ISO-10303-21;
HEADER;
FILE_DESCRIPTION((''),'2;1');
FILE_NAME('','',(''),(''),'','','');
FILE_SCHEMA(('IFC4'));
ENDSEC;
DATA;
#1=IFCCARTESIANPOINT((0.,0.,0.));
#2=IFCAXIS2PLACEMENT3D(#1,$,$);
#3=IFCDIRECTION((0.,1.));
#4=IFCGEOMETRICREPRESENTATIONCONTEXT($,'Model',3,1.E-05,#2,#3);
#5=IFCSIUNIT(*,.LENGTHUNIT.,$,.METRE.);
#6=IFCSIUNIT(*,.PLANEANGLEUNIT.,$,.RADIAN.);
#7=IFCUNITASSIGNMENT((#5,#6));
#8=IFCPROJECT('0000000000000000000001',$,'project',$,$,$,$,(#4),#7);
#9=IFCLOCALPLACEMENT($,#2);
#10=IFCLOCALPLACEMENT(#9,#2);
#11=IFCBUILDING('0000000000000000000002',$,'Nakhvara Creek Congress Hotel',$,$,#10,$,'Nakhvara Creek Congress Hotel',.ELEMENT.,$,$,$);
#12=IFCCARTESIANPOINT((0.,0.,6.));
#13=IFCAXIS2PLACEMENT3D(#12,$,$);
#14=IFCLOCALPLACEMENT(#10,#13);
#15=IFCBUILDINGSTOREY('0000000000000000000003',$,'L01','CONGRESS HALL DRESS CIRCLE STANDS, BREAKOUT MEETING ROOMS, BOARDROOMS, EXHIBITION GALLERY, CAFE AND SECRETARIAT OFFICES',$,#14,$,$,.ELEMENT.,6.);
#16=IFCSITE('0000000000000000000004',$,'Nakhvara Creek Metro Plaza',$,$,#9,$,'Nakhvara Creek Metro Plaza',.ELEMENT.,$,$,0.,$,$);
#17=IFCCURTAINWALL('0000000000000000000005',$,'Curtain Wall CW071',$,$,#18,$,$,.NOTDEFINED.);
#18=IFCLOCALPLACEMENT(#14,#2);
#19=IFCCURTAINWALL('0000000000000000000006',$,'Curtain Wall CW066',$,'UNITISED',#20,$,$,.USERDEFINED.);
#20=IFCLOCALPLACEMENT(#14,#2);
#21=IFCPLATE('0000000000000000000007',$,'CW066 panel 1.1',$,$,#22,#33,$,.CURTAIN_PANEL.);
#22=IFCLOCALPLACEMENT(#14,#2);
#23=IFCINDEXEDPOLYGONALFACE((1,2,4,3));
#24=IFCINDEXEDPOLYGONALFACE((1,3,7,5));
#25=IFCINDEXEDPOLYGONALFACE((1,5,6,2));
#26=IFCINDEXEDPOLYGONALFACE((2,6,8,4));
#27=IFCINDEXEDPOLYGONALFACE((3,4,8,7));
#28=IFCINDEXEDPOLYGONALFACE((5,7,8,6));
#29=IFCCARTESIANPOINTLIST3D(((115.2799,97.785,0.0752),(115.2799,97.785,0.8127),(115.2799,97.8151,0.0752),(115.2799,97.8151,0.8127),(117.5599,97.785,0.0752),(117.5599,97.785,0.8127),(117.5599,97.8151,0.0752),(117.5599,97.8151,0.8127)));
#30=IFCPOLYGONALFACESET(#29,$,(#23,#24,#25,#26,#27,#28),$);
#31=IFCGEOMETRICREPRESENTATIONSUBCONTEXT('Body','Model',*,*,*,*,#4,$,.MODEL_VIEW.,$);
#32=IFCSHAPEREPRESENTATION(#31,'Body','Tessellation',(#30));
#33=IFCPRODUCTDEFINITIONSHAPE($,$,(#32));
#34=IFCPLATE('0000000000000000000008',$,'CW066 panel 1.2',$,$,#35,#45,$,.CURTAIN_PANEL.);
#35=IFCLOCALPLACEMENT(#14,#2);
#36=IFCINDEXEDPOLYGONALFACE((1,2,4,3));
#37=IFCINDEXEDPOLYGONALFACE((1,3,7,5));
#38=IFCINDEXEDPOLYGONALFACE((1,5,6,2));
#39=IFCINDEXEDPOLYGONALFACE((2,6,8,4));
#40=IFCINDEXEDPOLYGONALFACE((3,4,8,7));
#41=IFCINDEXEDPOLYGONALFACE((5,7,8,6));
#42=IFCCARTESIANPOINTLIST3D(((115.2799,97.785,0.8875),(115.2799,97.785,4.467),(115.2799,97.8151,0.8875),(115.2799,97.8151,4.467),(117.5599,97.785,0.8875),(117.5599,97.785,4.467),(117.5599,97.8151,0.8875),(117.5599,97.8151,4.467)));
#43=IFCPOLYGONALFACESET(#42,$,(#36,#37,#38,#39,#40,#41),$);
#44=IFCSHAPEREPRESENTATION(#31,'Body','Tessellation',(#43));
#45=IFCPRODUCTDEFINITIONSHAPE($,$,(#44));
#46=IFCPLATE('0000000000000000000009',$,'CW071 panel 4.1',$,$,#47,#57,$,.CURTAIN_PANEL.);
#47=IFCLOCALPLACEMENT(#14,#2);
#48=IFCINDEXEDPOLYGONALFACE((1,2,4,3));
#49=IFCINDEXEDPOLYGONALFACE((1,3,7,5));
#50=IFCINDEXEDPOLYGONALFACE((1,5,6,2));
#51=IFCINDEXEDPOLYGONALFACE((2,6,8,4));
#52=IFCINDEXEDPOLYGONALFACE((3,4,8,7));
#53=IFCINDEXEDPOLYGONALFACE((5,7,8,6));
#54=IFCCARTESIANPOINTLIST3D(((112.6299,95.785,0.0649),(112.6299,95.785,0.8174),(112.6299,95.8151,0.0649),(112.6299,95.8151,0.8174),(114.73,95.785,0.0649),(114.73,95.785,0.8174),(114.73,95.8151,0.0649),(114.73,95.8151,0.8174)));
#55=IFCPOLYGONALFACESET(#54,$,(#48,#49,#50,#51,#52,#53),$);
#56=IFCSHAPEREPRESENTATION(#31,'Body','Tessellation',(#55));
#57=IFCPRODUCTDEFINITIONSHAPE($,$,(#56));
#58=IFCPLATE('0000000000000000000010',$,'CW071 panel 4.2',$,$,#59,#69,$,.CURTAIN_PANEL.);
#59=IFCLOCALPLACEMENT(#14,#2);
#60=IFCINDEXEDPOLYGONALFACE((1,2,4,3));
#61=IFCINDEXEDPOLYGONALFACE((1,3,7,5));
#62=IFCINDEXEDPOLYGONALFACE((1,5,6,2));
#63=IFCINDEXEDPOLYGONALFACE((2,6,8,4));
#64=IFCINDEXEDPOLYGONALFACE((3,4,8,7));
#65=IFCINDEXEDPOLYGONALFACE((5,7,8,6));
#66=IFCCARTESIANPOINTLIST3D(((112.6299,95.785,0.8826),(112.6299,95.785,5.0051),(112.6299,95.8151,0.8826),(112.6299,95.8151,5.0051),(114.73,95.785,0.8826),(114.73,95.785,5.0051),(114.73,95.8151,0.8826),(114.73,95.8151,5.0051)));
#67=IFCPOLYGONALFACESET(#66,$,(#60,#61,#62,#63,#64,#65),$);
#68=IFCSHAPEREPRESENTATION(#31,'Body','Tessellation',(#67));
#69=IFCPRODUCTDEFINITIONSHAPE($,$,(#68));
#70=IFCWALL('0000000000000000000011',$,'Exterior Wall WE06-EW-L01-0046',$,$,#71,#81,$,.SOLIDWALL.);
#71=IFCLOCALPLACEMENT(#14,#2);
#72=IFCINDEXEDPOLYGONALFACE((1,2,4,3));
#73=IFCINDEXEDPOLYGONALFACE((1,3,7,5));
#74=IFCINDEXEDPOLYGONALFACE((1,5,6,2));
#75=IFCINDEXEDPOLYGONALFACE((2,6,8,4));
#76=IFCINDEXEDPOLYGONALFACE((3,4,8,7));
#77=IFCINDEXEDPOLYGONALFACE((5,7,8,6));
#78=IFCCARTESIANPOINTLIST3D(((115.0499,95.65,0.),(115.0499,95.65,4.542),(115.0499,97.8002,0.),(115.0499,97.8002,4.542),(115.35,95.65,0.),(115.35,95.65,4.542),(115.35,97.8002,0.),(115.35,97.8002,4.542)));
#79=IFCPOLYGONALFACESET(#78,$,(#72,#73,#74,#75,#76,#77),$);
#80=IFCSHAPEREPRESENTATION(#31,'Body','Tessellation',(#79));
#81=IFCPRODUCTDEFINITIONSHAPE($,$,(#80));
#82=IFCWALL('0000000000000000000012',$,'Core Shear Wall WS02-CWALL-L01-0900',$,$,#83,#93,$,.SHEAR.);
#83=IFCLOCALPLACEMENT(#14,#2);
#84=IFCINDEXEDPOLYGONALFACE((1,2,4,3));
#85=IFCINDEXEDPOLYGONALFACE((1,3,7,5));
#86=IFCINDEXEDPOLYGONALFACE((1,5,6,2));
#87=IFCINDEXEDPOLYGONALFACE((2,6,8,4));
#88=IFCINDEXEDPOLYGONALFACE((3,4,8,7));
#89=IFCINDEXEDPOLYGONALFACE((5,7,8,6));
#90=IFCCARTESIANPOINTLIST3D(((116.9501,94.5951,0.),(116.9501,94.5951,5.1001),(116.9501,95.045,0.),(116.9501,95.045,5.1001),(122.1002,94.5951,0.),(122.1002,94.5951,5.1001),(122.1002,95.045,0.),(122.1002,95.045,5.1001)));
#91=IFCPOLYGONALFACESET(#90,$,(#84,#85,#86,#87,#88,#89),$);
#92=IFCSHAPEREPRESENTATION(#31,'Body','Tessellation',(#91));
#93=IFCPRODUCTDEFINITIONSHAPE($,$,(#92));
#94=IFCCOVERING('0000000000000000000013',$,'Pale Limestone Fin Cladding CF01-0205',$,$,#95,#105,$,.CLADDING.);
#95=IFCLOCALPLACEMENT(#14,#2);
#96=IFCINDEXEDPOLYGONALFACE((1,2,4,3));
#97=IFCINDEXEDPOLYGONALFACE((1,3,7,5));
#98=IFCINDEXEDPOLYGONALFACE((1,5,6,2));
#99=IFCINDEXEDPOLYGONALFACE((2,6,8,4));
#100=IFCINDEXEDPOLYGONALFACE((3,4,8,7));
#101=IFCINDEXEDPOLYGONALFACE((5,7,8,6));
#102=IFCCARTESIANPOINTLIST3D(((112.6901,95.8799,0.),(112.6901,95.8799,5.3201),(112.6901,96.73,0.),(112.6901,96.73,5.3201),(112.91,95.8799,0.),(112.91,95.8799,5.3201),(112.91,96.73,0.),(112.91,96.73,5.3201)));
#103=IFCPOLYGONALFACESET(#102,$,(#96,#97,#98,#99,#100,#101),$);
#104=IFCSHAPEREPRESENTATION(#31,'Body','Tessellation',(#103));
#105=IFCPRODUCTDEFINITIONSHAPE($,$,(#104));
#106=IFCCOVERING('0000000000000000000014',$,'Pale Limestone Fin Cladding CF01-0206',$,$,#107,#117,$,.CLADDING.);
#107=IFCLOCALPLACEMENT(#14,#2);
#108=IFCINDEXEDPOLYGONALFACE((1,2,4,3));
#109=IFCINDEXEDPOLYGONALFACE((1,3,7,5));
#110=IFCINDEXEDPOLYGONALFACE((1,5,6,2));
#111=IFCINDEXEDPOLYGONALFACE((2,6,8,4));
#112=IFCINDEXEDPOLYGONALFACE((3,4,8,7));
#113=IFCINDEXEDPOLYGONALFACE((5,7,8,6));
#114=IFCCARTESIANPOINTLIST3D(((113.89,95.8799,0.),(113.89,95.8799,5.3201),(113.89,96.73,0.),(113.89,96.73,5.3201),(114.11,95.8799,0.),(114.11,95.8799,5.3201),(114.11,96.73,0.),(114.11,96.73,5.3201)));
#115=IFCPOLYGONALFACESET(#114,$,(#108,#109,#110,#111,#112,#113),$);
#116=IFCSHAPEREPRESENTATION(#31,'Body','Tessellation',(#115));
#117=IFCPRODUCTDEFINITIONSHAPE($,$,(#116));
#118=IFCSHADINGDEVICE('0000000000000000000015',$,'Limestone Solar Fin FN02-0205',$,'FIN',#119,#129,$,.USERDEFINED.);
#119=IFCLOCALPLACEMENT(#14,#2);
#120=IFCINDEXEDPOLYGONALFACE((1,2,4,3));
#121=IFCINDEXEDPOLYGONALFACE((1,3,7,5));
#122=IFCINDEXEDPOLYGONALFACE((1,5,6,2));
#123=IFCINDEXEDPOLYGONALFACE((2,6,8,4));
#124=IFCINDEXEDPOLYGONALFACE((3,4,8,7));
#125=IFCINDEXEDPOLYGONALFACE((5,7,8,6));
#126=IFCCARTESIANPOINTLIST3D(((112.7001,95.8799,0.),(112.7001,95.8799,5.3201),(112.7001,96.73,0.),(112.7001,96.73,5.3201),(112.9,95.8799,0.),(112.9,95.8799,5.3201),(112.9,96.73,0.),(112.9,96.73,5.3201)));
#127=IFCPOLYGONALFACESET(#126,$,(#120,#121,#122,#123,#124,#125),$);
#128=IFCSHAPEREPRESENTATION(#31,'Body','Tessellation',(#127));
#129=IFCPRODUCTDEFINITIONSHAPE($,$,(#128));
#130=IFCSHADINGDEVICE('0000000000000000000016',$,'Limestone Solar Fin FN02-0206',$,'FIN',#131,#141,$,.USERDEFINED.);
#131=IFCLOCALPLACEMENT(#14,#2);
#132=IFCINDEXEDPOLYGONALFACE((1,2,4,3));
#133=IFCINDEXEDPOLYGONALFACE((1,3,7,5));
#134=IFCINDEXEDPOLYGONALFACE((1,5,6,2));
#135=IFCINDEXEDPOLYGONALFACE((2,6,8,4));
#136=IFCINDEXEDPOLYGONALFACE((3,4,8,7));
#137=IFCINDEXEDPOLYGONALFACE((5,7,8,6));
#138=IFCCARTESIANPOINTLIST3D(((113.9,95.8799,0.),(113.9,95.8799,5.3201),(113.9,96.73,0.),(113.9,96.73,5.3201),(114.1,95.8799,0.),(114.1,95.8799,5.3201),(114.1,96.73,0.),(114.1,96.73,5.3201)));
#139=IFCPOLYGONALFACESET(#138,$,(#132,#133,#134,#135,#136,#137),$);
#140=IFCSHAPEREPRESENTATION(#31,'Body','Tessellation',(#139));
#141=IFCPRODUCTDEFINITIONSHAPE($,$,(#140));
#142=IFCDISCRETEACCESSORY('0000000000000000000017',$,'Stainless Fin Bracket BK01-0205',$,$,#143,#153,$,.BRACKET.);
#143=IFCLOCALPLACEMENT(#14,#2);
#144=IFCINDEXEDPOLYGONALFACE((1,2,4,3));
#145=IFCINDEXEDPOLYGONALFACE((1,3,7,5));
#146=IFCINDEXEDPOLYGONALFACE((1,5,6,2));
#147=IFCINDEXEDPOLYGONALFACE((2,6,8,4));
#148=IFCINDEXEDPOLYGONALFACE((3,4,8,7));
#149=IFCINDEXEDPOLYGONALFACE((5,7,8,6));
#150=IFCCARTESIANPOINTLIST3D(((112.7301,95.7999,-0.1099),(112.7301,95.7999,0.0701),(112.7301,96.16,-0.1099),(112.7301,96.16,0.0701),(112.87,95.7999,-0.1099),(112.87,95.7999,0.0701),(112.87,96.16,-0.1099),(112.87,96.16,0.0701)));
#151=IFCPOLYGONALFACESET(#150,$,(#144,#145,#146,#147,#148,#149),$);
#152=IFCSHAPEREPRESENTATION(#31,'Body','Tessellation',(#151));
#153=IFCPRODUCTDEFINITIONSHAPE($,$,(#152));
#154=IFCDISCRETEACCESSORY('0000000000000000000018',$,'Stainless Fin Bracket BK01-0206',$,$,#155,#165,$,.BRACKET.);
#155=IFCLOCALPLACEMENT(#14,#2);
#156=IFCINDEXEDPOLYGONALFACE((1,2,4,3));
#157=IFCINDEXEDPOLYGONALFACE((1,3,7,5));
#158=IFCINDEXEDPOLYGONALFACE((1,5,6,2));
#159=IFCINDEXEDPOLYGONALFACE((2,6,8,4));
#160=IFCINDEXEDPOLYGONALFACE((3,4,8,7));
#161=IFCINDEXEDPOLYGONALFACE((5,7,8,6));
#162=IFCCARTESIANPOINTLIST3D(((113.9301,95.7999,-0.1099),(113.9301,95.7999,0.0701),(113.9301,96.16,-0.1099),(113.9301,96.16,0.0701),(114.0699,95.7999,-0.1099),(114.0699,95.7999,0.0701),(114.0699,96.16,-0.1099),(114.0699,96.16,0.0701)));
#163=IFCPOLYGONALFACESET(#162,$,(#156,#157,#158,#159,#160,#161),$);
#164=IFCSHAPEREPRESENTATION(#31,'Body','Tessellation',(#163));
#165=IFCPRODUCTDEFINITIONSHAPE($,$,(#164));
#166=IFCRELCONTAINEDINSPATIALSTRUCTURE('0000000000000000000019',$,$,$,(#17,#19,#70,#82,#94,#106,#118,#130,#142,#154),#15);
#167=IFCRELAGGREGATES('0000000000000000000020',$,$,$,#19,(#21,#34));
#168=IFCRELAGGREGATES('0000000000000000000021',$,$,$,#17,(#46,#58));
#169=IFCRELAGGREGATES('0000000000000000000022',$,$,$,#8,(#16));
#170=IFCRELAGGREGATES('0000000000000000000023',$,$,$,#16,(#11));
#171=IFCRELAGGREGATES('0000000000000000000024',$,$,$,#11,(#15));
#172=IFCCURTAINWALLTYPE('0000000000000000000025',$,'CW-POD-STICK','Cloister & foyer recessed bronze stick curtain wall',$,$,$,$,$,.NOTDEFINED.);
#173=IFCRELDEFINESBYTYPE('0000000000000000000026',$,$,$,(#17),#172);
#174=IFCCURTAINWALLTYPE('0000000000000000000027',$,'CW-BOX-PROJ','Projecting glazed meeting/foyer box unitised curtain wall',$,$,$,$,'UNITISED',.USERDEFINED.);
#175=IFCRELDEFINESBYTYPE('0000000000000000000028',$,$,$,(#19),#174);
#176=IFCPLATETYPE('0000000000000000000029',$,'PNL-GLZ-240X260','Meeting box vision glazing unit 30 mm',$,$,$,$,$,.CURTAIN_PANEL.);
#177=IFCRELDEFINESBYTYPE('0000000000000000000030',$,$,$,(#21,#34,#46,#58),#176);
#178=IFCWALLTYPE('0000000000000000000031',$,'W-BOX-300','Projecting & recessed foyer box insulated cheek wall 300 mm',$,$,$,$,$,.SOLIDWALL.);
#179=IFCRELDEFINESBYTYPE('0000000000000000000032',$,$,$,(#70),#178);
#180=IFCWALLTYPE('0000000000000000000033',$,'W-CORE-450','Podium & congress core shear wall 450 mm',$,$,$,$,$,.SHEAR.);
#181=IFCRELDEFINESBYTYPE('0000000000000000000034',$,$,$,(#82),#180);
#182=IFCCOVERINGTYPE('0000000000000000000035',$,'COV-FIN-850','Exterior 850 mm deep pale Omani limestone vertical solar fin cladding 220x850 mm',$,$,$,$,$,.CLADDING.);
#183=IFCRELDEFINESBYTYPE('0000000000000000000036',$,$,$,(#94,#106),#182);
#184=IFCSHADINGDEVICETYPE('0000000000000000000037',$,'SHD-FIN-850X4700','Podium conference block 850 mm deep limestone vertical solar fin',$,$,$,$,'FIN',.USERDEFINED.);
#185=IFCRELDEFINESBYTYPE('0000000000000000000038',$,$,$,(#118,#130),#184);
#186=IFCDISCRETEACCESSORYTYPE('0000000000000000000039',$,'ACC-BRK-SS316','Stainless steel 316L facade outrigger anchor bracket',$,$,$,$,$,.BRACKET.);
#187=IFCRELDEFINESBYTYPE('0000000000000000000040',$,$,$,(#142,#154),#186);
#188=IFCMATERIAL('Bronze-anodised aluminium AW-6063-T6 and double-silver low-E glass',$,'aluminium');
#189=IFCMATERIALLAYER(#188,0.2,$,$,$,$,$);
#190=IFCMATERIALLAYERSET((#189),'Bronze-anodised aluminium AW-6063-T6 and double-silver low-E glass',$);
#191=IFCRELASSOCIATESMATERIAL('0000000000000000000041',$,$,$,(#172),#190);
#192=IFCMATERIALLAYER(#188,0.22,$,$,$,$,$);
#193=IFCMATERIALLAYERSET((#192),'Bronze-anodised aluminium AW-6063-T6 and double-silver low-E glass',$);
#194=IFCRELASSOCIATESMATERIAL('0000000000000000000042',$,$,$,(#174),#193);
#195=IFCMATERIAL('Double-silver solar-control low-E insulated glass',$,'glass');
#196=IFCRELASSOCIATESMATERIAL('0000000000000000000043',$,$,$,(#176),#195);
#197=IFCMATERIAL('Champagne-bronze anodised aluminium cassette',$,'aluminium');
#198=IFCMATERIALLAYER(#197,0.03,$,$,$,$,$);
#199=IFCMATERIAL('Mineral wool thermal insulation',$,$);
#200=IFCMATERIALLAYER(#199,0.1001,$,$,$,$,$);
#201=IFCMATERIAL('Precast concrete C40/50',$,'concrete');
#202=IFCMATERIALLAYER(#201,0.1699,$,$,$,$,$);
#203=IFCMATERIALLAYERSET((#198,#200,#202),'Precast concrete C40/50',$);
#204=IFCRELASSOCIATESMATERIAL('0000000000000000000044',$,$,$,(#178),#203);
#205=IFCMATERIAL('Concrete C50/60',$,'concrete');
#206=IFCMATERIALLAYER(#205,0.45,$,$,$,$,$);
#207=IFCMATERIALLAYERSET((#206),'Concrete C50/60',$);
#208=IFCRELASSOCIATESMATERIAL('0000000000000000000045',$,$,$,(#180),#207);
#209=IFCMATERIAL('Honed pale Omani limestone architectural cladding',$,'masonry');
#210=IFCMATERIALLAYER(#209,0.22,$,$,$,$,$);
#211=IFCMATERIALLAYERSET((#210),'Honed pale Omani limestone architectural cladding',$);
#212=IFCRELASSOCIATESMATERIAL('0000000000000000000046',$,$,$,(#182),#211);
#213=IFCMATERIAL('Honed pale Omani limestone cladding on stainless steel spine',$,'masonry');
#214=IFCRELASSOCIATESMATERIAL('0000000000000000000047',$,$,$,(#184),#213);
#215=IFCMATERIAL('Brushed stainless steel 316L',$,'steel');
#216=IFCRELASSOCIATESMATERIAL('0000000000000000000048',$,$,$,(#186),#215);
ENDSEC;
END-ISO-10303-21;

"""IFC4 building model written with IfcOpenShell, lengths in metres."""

from ifc_helpers import new_model, si_unit, direction, frame, frame_2d, origin, origin_2d, place, context, subcontext, project, spatial, rectangle, extrude, material, layer, layer_set, type_object, element, aggregate, save


model = new_model("IFC4")

# Units and contexts
model_context = context("Model", 3, precision=1e-05, world=origin(), true_north=direction((0.0, 1.0)))
body_context = subcontext(model_context, "Body", "Model", "MODEL_VIEW")
ifc_project = project(units=[si_unit("LENGTHUNIT", "METRE"), si_unit("PLANEANGLEUNIT", "RADIAN")], contexts=[model_context])

# Site, building, storey
site_placement = place(None, origin())
site = spatial("IfcSite", under=ifc_project, at=site_placement, Name="Nakhvara Creek Metro Plaza", LongName="Nakhvara Creek Metro Plaza", CompositionType="ELEMENT", RefElevation=0.0)
building_placement = place(site_placement, origin())
building = spatial("IfcBuilding", under=site, at=building_placement, Name="Nakhvara Creek Congress Hotel", LongName="Nakhvara Creek Congress Hotel", CompositionType="ELEMENT")
storey_placement = place(building_placement, frame((0.0, 0.0, 6.0)))
storey = spatial("IfcBuildingStorey", under=building, at=storey_placement, Name="L01", Description="CONGRESS HALL DRESS CIRCLE STANDS, BREAKOUT MEETING ROOMS, BOARDROOMS, EXHIBITION GALLERY, CAFE AND SECRETARIAT OFFICES", CompositionType="ELEMENT", Elevation=6.0)

# Shared definitions
ifc_material_1 = material(Name="Concrete C50/60", Category="concrete")

# Curtain wall
ifc_material_2 = material(Name="Bronze-anodised aluminium AW-6063-T6 and double-silver low-E glass", Category="aluminium")
ifc_layer_1 = layer(ifc_material_2, 0.2)
ifc_layer_set_1 = layer_set([ifc_layer_1], Name="Bronze-anodised aluminium AW-6063-T6 and double-silver low-E glass")
curtain_wall_type_1 = type_object("IfcCurtainWallType", Name="CW-POD-STICK", Description="Cloister & foyer recessed bronze stick curtain wall", PredefinedType="NOTDEFINED", material=ifc_layer_set_1)
curtain_wall_1_placement = place(storey_placement, origin())
curtain_wall_1 = element("IfcCurtainWall", 1, at=curtain_wall_1_placement, inside=storey, type_object=curtain_wall_type_1, Name="Curtain Wall CW071", PredefinedType="NOTDEFINED")

# Curtain wall, plates
ifc_layer_2 = layer(ifc_material_2, 0.22)
ifc_layer_set_2 = layer_set([ifc_layer_2], Name="Bronze-anodised aluminium AW-6063-T6 and double-silver low-E glass")
curtain_wall_type_2 = type_object("IfcCurtainWallType", Name="CW-BOX-PROJ", Description="Projecting glazed meeting/foyer box unitised curtain wall", ElementType="UNITISED", PredefinedType="USERDEFINED", material=ifc_layer_set_2)
curtain_wall_2_placement = place(storey_placement, origin())
curtain_wall_2 = element("IfcCurtainWall", 2, at=curtain_wall_2_placement, inside=storey, type_object=curtain_wall_type_2, Name="Curtain Wall CW066", ObjectType="UNITISED", PredefinedType="USERDEFINED")
ifc_material_3 = material(Name="Double-silver solar-control low-E insulated glass", Category="glass")
plate_type = type_object("IfcPlateType", Name="PNL-GLZ-240X260", Description="Meeting box vision glazing unit 30 mm", PredefinedType="CURTAIN_PANEL", material=ifc_material_3)
plate_1_placement = place(storey_placement, frame((116.4199, 97.8, 0.0752), z_axis=(0.0, 0.0, 1.0), x_axis=(1.0, 0.0, 0.0)))
plate_1 = element("IfcPlate", 3, at=plate_1_placement, type_object=plate_type, Name="CW066 panel 1.1", PredefinedType="CURTAIN_PANEL", context=body_context, shape_type="SweptSolid", body=[
    extrude(rectangle(XDim=2.28, YDim=0.03, at=origin_2d()), origin(), (0.0, 0.0, 1.0), 0.7375),
])
plate_2_placement = place(storey_placement, frame((116.4199, 97.8, 0.8875), z_axis=(0.0, 0.0, 1.0), x_axis=(1.0, 0.0, 0.0)))
plate_2 = element("IfcPlate", 4, at=plate_2_placement, type_object=plate_type, Name="CW066 panel 1.2", PredefinedType="CURTAIN_PANEL", context=body_context, shape_type="SweptSolid", body=[
    extrude(rectangle(XDim=2.28, YDim=0.03, at=origin_2d()), origin(), (0.0, 0.0, 1.0), 3.5796),
])
aggregate(curtain_wall_2, [plate_1, plate_2])

# Plates
plate_3_placement = place(storey_placement, frame((113.6799, 95.8, 0.0649), z_axis=(0.0, 0.0, 1.0), x_axis=(1.0, 0.0, 0.0)))
plate_3 = element("IfcPlate", 5, at=plate_3_placement, type_object=plate_type, Name="CW071 panel 4.1", PredefinedType="CURTAIN_PANEL", context=body_context, shape_type="SweptSolid", body=[
    extrude(rectangle(XDim=2.1001, YDim=0.03, at=origin_2d()), origin(), (0.0, 0.0, 1.0), 0.7524),
])
plate_4_placement = place(storey_placement, frame((113.6799, 95.8, 0.8826), z_axis=(0.0, 0.0, 1.0), x_axis=(1.0, 0.0, 0.0)))
plate_4 = element("IfcPlate", 6, at=plate_4_placement, type_object=plate_type, Name="CW071 panel 4.2", PredefinedType="CURTAIN_PANEL", context=body_context, shape_type="SweptSolid", body=[
    extrude(rectangle(XDim=2.1001, YDim=0.03, at=origin_2d()), origin(), (0.0, 0.0, 1.0), 4.1226),
])
aggregate(curtain_wall_1, [plate_3, plate_4])

# Walls
ifc_material_4 = material(Name="Champagne-bronze anodised aluminium cassette", Category="aluminium")
ifc_layer_3 = layer(ifc_material_4, 0.03)
ifc_material_5 = material(Name="Mineral wool thermal insulation")
ifc_layer_4 = layer(ifc_material_5, 0.1001)
ifc_material_6 = material(Name="Precast concrete C40/50", Category="concrete")
ifc_layer_5 = layer(ifc_material_6, 0.1699)
ifc_layer_set_3 = layer_set([ifc_layer_3, ifc_layer_4, ifc_layer_5], Name="Precast concrete C40/50")
wall_type_1 = type_object("IfcWallType", Name="W-BOX-300", Description="Projecting & recessed foyer box insulated cheek wall 300 mm", PredefinedType="SOLIDWALL", material=ifc_layer_set_3)
wall_1_placement = place(storey_placement, frame((115.2, 95.6499, 0.0), z_axis=(0.0, 0.0, 1.0), x_axis=(0.0, 1.0, 0.0)))
element("IfcWall", 7, at=wall_1_placement, inside=storey, type_object=wall_type_1, Name="Exterior Wall WE06-EW-L01-0046", PredefinedType="SOLIDWALL", context=body_context, shape_type="SweptSolid", body=[
    extrude(rectangle(XDim=2.1501, YDim=0.3, at=frame_2d((1.0752, 0.0))), origin(), (0.0, 0.0, 1.0), 4.542),
])
ifc_layer_6 = layer(ifc_material_1, 0.45)
ifc_layer_set_4 = layer_set([ifc_layer_6], Name="Concrete C50/60")
wall_type_2 = type_object("IfcWallType", Name="W-CORE-450", Description="Podium & congress core shear wall 450 mm", PredefinedType="SHEAR", material=ifc_layer_set_4)
wall_2_placement = place(storey_placement, frame((116.95, 94.8201, 0.0), z_axis=(0.0, 0.0, 1.0), x_axis=(1.0, 0.0, 0.0)))
element("IfcWall", 8, at=wall_2_placement, inside=storey, type_object=wall_type_2, Name="Core Shear Wall WS02-CWALL-L01-0900", PredefinedType="SHEAR", context=body_context, shape_type="SweptSolid", body=[
    extrude(rectangle(XDim=5.1501, YDim=0.45, at=frame_2d((2.5752, 0.0))), origin(), (0.0, 0.0, 1.0), 5.1001),
])

# Coverings
ifc_material_7 = material(Name="Honed pale Omani limestone architectural cladding", Category="masonry")
ifc_layer_7 = layer(ifc_material_7, 0.22)
ifc_layer_set_5 = layer_set([ifc_layer_7], Name="Honed pale Omani limestone architectural cladding")
covering_type = type_object("IfcCoveringType", Name="COV-FIN-850", Description="Exterior 850 mm deep pale Omani limestone vertical solar fin cladding 220x850 mm", PredefinedType="CLADDING", material=ifc_layer_set_5)
for number, where, z_axis, x_axis, name in (
    (9, (112.8, 96.3049, 0.0), (0.0, 0.0, 1.0), (1.0, 0.0, 0.0), "Pale Limestone Fin Cladding CF01-0205"),
    (10, (114.0, 96.3049, 0.0), (0.0, 0.0, 1.0), (1.0, 0.0, 0.0), "Pale Limestone Fin Cladding CF01-0206"),
):
    element("IfcCovering", number, at=place(storey_placement, frame(where, z_axis=z_axis, x_axis=x_axis)), inside=storey, type_object=covering_type, Name=name, PredefinedType="CLADDING", context=body_context, shape_type="SweptSolid", body=[
        extrude(rectangle(XDim=0.22, YDim=0.8501, at=origin_2d()), origin(), (0.0, 0.0, 1.0), 5.3201),
    ])

# Shading devices
ifc_material_8 = material(Name="Honed pale Omani limestone cladding on stainless steel spine", Category="masonry")
shading_device_type = type_object("IfcShadingDeviceType", Name="SHD-FIN-850X4700", Description="Podium conference block 850 mm deep limestone vertical solar fin", ElementType="FIN", PredefinedType="USERDEFINED", material=ifc_material_8)
for number, where, z_axis, x_axis, name in (
    (11, (112.8, 96.3049, 0.0), (0.0, 0.0, 1.0), (1.0, 0.0, 0.0), "Limestone Solar Fin FN02-0205"),
    (12, (114.0, 96.3049, 0.0), (0.0, 0.0, 1.0), (1.0, 0.0, 0.0), "Limestone Solar Fin FN02-0206"),
):
    element("IfcShadingDevice", number, at=place(storey_placement, frame(where, z_axis=z_axis, x_axis=x_axis)), inside=storey, type_object=shading_device_type, Name=name, ObjectType="FIN", PredefinedType="USERDEFINED", context=body_context, shape_type="SweptSolid", body=[
        extrude(rectangle(XDim=0.2, YDim=0.8501, at=origin_2d()), origin(), (0.0, 0.0, 1.0), 5.3201),
    ])

# Discrete accessories
ifc_material_9 = material(Name="Brushed stainless steel 316L", Category="steel")
discrete_accessory_type = type_object("IfcDiscreteAccessoryType", Name="ACC-BRK-SS316", Description="Stainless steel 316L facade outrigger anchor bracket", PredefinedType="BRACKET", material=ifc_material_9)
for number, where, z_axis, x_axis, name in (
    (13, (112.8, 95.98, -0.1099), (0.0, 0.0, 1.0), (1.0, 0.0, 0.0), "Stainless Fin Bracket BK01-0205"),
    (14, (114.0, 95.98, -0.1099), (0.0, 0.0, 1.0), (1.0, 0.0, 0.0), "Stainless Fin Bracket BK01-0206"),
):
    element("IfcDiscreteAccessory", number, at=place(storey_placement, frame(where, z_axis=z_axis, x_axis=x_axis)), inside=storey, type_object=discrete_accessory_type, Name=name, PredefinedType="BRACKET", context=body_context, shape_type="SweptSolid", body=[
        extrude(rectangle(XDim=0.1399, YDim=0.3601, at=origin_2d()), origin(), (0.0, 0.0, 1.0), 0.1799),
    ])

save(model, "model.ifc")
